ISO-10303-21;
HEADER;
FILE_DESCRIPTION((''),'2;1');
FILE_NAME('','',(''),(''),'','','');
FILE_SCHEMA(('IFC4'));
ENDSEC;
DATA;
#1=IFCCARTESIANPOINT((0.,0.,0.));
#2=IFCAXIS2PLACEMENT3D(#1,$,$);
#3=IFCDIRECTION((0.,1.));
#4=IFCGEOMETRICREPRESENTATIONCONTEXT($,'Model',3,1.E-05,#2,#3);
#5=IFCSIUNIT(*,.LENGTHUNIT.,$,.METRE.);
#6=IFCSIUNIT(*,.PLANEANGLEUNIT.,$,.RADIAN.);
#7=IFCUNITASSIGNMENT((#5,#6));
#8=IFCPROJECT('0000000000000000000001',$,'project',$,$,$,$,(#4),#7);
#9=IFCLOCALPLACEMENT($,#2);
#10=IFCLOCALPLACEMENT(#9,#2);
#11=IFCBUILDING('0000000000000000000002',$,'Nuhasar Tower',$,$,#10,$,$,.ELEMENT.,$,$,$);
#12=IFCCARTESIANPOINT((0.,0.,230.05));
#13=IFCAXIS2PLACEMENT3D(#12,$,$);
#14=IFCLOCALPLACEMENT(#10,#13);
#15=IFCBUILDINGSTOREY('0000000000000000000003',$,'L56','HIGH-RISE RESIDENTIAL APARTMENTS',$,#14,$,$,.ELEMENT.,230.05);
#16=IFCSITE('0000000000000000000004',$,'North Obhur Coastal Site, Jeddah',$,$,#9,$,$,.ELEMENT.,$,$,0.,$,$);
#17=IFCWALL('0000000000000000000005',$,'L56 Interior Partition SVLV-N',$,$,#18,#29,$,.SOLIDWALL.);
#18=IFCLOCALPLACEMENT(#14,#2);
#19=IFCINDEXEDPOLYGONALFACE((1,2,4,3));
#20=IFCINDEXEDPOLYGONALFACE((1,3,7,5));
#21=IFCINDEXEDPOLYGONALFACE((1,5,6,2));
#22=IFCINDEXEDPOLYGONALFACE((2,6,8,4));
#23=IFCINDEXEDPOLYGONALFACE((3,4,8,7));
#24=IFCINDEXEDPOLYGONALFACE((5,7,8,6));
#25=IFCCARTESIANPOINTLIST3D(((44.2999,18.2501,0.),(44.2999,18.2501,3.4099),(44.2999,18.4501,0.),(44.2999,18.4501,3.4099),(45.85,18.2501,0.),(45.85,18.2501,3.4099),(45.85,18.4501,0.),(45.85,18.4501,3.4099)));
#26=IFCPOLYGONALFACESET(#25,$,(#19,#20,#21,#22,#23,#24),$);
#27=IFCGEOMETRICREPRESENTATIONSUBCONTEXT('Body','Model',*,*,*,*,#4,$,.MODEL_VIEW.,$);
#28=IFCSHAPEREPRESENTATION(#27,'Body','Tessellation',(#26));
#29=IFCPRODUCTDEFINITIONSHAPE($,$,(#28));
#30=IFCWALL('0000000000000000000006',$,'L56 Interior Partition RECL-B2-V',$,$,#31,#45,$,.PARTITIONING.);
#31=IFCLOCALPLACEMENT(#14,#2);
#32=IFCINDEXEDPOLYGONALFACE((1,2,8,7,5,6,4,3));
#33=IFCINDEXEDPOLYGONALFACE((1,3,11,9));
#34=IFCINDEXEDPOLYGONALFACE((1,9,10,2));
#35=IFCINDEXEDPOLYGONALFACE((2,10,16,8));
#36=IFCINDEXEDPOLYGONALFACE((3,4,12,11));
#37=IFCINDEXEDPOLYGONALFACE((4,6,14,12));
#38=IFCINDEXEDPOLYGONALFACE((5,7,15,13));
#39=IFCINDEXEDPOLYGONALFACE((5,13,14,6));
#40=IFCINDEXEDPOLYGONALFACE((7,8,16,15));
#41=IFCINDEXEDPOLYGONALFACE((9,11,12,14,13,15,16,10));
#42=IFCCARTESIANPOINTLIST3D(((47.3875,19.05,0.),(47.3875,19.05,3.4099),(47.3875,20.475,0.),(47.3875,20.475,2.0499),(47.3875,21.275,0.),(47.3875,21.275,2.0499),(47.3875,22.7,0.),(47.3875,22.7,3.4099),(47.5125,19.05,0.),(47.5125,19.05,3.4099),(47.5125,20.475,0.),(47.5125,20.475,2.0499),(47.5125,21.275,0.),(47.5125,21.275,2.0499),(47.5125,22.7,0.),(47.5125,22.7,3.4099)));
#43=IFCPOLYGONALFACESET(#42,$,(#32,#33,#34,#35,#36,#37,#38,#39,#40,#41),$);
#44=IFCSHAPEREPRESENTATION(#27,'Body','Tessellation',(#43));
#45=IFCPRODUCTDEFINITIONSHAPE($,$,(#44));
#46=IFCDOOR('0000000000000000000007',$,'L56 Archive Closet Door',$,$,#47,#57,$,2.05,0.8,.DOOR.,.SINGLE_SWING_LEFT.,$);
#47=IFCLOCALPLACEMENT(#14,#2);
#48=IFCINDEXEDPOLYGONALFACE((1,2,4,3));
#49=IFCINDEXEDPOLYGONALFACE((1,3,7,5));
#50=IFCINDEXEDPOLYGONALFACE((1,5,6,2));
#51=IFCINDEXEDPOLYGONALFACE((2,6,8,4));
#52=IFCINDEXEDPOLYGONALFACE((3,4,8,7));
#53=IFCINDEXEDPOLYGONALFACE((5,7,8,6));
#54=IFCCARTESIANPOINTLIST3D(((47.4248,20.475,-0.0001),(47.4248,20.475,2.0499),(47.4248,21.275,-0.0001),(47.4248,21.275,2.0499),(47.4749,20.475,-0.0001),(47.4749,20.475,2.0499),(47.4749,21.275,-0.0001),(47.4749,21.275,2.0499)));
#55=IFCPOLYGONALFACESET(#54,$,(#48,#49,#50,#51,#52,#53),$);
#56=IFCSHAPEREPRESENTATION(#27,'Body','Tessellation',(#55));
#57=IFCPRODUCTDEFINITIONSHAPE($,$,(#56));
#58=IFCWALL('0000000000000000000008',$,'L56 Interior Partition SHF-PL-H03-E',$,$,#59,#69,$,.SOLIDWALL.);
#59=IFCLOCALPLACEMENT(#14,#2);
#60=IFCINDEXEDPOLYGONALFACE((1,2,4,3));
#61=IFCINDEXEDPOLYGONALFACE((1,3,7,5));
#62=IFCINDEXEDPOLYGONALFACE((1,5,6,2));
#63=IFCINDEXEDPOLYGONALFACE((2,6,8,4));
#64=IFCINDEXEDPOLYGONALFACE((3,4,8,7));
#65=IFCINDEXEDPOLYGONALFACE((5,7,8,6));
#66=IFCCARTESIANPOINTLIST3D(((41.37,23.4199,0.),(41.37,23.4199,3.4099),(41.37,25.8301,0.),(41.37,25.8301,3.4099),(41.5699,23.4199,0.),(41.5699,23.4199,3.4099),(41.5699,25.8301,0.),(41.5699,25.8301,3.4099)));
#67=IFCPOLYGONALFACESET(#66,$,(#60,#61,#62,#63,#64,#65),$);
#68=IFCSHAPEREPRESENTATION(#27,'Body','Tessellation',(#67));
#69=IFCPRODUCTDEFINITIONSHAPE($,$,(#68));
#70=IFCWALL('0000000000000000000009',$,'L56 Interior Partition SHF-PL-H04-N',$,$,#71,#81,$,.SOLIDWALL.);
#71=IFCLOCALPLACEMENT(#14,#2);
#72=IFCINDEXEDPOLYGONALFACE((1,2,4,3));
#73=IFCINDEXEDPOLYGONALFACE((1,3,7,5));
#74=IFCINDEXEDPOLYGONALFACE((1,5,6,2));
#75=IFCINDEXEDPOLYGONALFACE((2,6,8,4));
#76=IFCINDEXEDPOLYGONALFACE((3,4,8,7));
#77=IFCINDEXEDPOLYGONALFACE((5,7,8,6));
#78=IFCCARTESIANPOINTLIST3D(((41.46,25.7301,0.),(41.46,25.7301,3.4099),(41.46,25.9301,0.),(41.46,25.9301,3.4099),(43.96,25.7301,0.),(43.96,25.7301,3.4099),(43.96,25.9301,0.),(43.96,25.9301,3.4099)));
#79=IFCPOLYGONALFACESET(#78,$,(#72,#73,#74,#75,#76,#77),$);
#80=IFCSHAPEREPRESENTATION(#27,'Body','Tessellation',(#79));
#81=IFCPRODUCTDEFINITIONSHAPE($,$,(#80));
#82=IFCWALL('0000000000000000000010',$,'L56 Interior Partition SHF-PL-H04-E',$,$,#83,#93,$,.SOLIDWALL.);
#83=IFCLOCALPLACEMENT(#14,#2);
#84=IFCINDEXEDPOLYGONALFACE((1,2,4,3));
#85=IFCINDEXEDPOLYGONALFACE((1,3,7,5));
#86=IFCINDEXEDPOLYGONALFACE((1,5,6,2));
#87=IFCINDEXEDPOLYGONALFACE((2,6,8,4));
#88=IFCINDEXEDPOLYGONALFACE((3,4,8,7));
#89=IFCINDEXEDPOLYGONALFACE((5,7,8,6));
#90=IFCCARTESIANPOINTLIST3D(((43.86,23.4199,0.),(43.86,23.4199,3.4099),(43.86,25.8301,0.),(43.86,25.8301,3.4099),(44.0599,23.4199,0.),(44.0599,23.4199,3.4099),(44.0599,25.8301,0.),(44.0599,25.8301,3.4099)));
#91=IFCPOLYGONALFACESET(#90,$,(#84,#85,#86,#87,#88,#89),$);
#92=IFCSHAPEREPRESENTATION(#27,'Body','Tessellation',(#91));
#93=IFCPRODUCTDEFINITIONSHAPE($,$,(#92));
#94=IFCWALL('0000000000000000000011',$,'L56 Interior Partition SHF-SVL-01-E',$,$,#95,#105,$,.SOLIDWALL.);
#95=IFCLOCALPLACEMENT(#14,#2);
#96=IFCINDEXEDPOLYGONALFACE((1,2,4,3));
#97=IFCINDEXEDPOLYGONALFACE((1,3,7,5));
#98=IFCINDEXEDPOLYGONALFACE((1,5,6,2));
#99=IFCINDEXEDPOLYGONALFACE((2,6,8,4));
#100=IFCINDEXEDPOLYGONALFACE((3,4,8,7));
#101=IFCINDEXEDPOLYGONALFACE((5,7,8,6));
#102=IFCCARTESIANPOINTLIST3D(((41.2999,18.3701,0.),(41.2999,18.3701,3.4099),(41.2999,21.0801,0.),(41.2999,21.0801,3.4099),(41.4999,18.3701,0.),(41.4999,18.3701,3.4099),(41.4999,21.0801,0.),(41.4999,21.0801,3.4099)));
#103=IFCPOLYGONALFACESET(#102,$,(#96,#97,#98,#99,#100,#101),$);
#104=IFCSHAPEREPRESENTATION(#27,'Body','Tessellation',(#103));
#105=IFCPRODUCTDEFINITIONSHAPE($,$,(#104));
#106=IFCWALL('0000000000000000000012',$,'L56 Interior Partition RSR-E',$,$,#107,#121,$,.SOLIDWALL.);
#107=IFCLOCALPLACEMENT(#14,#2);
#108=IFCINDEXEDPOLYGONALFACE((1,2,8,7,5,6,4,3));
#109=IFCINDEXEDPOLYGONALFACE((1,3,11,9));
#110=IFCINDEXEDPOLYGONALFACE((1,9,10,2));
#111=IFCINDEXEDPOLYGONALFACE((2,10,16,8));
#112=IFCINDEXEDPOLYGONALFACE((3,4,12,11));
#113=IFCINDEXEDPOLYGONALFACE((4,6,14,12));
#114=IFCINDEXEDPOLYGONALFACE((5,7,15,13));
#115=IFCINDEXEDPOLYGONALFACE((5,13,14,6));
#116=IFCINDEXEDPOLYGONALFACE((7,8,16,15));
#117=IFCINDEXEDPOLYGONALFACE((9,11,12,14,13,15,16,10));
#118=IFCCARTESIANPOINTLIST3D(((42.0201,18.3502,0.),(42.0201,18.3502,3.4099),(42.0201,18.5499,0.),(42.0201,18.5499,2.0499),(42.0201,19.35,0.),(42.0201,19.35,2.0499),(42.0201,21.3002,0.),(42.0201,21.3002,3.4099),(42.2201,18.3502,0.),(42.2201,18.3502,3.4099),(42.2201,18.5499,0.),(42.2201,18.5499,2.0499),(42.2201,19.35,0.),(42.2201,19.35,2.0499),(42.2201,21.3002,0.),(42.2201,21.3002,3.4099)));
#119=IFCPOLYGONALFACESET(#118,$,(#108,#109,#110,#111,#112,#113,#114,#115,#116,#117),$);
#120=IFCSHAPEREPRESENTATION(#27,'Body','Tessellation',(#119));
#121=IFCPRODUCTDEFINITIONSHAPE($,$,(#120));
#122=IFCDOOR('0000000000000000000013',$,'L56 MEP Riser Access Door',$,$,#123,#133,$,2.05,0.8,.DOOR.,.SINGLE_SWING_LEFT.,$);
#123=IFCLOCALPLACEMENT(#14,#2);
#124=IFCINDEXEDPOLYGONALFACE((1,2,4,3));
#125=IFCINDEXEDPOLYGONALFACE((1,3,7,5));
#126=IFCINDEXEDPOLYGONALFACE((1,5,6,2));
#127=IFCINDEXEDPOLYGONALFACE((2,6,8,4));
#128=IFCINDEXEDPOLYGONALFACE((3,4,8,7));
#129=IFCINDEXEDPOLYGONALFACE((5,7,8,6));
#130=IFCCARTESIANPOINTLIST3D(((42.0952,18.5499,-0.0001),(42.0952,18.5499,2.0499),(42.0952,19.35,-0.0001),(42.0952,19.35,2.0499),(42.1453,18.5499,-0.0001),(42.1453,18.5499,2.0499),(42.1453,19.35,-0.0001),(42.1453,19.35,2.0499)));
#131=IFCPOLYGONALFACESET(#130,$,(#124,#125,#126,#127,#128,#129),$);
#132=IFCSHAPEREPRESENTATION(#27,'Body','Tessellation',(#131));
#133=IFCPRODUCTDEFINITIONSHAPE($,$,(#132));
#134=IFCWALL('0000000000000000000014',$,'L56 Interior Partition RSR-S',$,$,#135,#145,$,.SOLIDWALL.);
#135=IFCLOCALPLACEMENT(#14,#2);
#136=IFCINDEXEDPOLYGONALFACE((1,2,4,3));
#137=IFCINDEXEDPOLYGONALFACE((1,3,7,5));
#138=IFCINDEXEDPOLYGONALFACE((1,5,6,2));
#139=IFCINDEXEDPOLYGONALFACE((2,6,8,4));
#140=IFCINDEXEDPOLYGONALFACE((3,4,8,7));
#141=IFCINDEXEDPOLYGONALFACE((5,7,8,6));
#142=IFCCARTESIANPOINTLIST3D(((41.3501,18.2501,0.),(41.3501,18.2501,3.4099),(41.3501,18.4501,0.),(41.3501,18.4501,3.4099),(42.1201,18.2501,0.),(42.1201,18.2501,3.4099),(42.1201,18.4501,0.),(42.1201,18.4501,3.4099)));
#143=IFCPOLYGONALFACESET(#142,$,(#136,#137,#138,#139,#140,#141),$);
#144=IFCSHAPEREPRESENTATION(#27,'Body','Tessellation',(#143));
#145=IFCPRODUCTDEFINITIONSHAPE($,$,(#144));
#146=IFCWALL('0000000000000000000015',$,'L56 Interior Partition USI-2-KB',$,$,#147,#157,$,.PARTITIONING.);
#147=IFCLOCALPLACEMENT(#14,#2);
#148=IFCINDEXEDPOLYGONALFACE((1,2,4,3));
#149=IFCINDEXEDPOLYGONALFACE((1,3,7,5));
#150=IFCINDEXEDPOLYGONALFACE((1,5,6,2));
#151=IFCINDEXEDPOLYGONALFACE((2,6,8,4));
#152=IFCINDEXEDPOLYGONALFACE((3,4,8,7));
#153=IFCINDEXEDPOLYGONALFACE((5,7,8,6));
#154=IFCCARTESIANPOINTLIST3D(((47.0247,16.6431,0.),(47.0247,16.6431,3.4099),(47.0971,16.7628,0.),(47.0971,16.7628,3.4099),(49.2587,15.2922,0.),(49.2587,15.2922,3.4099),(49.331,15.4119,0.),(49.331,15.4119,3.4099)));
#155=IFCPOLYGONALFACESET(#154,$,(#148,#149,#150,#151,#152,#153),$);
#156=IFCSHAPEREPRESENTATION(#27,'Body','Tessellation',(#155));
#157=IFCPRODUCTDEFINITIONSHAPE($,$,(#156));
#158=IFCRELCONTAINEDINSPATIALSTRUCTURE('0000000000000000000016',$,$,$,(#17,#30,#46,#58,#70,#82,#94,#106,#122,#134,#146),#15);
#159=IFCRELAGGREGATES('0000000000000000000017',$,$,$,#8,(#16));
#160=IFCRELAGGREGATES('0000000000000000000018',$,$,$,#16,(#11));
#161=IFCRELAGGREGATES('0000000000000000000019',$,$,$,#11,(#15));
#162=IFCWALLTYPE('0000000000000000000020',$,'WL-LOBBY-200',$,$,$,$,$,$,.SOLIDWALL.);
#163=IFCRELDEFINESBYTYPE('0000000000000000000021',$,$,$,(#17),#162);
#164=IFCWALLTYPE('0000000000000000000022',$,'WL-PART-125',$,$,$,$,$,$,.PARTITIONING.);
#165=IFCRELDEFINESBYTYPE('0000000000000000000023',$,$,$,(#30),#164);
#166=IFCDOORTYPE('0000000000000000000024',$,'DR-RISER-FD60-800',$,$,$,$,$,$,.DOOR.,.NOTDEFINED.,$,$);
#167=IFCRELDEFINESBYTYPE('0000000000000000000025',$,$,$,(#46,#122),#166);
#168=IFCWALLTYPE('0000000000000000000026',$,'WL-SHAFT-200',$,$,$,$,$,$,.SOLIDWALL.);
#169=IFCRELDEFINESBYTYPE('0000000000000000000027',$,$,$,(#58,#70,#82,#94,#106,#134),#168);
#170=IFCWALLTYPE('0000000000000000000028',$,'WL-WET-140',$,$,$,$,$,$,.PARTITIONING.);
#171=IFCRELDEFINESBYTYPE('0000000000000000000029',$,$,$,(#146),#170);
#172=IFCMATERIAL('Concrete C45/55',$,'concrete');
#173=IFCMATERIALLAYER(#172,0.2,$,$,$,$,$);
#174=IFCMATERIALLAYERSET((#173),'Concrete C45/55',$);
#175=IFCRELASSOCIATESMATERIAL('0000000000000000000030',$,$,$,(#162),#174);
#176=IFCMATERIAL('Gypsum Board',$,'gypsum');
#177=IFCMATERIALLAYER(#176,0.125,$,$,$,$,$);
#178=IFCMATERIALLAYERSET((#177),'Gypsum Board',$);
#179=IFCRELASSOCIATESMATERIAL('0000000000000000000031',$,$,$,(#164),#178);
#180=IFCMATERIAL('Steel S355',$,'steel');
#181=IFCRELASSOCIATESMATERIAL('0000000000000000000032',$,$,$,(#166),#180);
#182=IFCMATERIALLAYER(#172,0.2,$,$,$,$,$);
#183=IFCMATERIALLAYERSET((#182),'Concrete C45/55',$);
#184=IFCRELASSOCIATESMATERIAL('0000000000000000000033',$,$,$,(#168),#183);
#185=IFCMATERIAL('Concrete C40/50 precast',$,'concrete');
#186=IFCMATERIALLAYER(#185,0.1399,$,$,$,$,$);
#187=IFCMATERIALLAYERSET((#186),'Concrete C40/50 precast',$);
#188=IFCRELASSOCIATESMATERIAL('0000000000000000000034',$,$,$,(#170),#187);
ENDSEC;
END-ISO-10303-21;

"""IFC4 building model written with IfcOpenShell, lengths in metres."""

from ifc_helpers import new_model, si_unit, direction, frame, frame_2d, origin, place, context, subcontext, project, spatial, rectangle, extrude, material, layer, layer_set, type_object, element, fill, save


model = new_model("IFC4")

# Units and contexts
model_context = context("Model", 3, precision=1e-05, world=origin(), true_north=direction((0.0, 1.0)))
body_context = subcontext(model_context, "Body", "Model", "MODEL_VIEW")
ifc_project = project(units=[si_unit("LENGTHUNIT", "METRE"), si_unit("PLANEANGLEUNIT", "RADIAN")], contexts=[model_context])

# Site, building, storey
site_placement = place(None, origin())
site = spatial("IfcSite", under=ifc_project, at=site_placement, Name="North Obhur Coastal Site, Jeddah", CompositionType="ELEMENT", RefElevation=0.0)
building_placement = place(site_placement, origin())
building = spatial("IfcBuilding", under=site, at=building_placement, Name="Nuhasar Tower", CompositionType="ELEMENT")
storey_placement = place(building_placement, frame((0.0, 0.0, 230.05)))
storey = spatial("IfcBuildingStorey", under=building, at=storey_placement, Name="L56", Description="HIGH-RISE RESIDENTIAL APARTMENTS", CompositionType="ELEMENT", Elevation=230.05)

# Shared definitions
ifc_material_1 = material(Name="Steel S355", Category="steel")

# Shared definitions
ifc_material_2 = material(Name="Gypsum Board", Category="gypsum")

# Shared definitions
ifc_material_3 = material(Name="Concrete C45/55", Category="concrete")
ifc_layer_1 = layer(ifc_material_3, 0.2)
ifc_layer_set_1 = layer_set([ifc_layer_1], Name="Concrete C45/55")
wall_type_1 = type_object("IfcWallType", Name="WL-LOBBY-200", PredefinedType="SOLIDWALL", material=ifc_layer_set_1)

# Wall
wall_1_placement = place(storey_placement, frame((44.3, 18.3501, 0.0), z_axis=(0.0, 0.0, 1.0), x_axis=(1.0, 0.0, 0.0)))
element("IfcWall", 1, at=wall_1_placement, inside=storey, type_object=wall_type_1, Name="L56 Interior Partition SVLV-N", PredefinedType="SOLIDWALL", context=body_context, shape_type="SweptSolid", body=[
    extrude(rectangle(XDim=1.55, YDim=0.2, at=frame_2d((0.7749, 0.0))), origin(), (0.0, 0.0, 1.0), 3.4099),
])

# Wall, opening, door
ifc_layer_2 = layer(ifc_material_2, 0.125)
ifc_layer_set_2 = layer_set([ifc_layer_2], Name="Gypsum Board")
wall_type_2 = type_object("IfcWallType", Name="WL-PART-125", PredefinedType="PARTITIONING", material=ifc_layer_set_2)
wall_2_placement = place(storey_placement, frame((47.45, 22.7, 0.0), z_axis=(0.0, 0.0, 1.0), x_axis=(0.0, -1.0, 0.0)))
wall_2 = element("IfcWall", 2, at=wall_2_placement, inside=storey, type_object=wall_type_2, Name="L56 Interior Partition RECL-B2-V", PredefinedType="PARTITIONING", context=body_context, shape_type="SweptSolid", body=[
    extrude(rectangle(XDim=3.6499, YDim=0.125, at=frame_2d((1.825, 0.0))), origin(), (0.0, 0.0, 1.0), 3.4099),
])
opening_1_placement = place(wall_2_placement, frame((1.425, 0.0, 0.0)))
opening_1 = element("IfcOpeningElement", 3, at=opening_1_placement, cuts=wall_2, PredefinedType="OPENING", context=body_context, shape_type="SweptSolid", body=[
    extrude(rectangle(XDim=0.8, YDim=2.05, at=frame_2d((0.3999, 1.0249))), frame((0.0, 0.0725, 0.0), z_axis=(0.0, -1.0, 0.0), x_axis=(1.0, 0.0, 0.0)), (0.0, 0.0, 1.0), 0.145),
])
door_type_1 = type_object("IfcDoorType", Name="DR-RISER-FD60-800", OperationType="NOTDEFINED", PredefinedType="DOOR", material=ifc_material_1)
door_1_placement = place(opening_1_placement, origin())
door_1 = element("IfcDoor", 4, at=door_1_placement, inside=storey, type_object=door_type_1, Name="L56 Archive Closet Door", OperationType="SINGLE_SWING_LEFT", OverallHeight=2.05, OverallWidth=0.8, PredefinedType="DOOR", context=body_context, shape_type="SweptSolid", body=[
    extrude(rectangle(XDim=0.8, YDim=2.05, at=frame_2d((0.3999, 1.0249))), frame((0.0, 0.0249, 0.0), z_axis=(0.0, -1.0, 0.0), x_axis=(1.0, 0.0, 0.0)), (0.0, 0.0, 1.0), 0.05),
])
fill(opening_1, door_1)

# Wall
ifc_layer_3 = layer(ifc_material_3, 0.2)
ifc_layer_set_3 = layer_set([ifc_layer_3], Name="Concrete C45/55")
wall_type_3 = type_object("IfcWallType", Name="WL-SHAFT-200", PredefinedType="SOLIDWALL", material=ifc_layer_set_3)
wall_3_placement = place(storey_placement, frame((41.47, 23.4199, 0.0), z_axis=(0.0, 0.0, 1.0), x_axis=(0.0, 1.0, 0.0)))
element("IfcWall", 5, at=wall_3_placement, inside=storey, type_object=wall_type_3, Name="L56 Interior Partition SHF-PL-H03-E", PredefinedType="SOLIDWALL", context=body_context, shape_type="SweptSolid", body=[
    extrude(rectangle(XDim=2.4102, YDim=0.2, at=frame_2d((1.2051, 0.0))), origin(), (0.0, 0.0, 1.0), 3.4099),
])

# Walls
wall_4_placement = place(storey_placement, frame((41.46, 25.8301, 0.0), z_axis=(0.0, 0.0, 1.0), x_axis=(1.0, 0.0, 0.0)))
element("IfcWall", 6, at=wall_4_placement, inside=storey, type_object=wall_type_3, Name="L56 Interior Partition SHF-PL-H04-N", PredefinedType="SOLIDWALL", context=body_context, shape_type="SweptSolid", body=[
    extrude(rectangle(XDim=2.5, YDim=0.2, at=frame_2d((1.25, 0.0))), origin(), (0.0, 0.0, 1.0), 3.4099),
])
wall_5_placement = place(storey_placement, frame((43.96, 23.4199, 0.0), z_axis=(0.0, 0.0, 1.0), x_axis=(0.0, 1.0, 0.0)))
element("IfcWall", 7, at=wall_5_placement, inside=storey, type_object=wall_type_3, Name="L56 Interior Partition SHF-PL-H04-E", PredefinedType="SOLIDWALL", context=body_context, shape_type="SweptSolid", body=[
    extrude(rectangle(XDim=2.4102, YDim=0.2, at=frame_2d((1.2051, 0.0))), origin(), (0.0, 0.0, 1.0), 3.4099),
])
wall_6_placement = place(storey_placement, frame((41.3999, 18.3701, 0.0), z_axis=(0.0, 0.0, 1.0), x_axis=(0.0, 1.0, 0.0)))
element("IfcWall", 8, at=wall_6_placement, inside=storey, type_object=wall_type_3, Name="L56 Interior Partition SHF-SVL-01-E", PredefinedType="SOLIDWALL", context=body_context, shape_type="SweptSolid", body=[
    extrude(rectangle(XDim=2.71, YDim=0.2, at=frame_2d((1.355, 0.0))), origin(), (0.0, 0.0, 1.0), 3.4099),
])

# Wall, opening, door
wall_7_placement = place(storey_placement, frame((42.1201, 18.3501, 0.0), z_axis=(0.0, 0.0, 1.0), x_axis=(0.0, 1.0, 0.0)))
wall_7 = element("IfcWall", 9, at=wall_7_placement, inside=storey, type_object=wall_type_3, Name="L56 Interior Partition RSR-E", PredefinedType="SOLIDWALL", context=body_context, shape_type="SweptSolid", body=[
    extrude(rectangle(XDim=2.95, YDim=0.2, at=frame_2d((1.4751, 0.0))), origin(), (0.0, 0.0, 1.0), 3.4099),
])
opening_2_placement = place(wall_7_placement, frame((0.2, 0.0, 0.0)))
opening_2 = element("IfcOpeningElement", 10, at=opening_2_placement, cuts=wall_7, PredefinedType="OPENING", context=body_context, shape_type="SweptSolid", body=[
    extrude(rectangle(XDim=0.8, YDim=2.05, at=frame_2d((0.3999, 1.0249))), frame((0.0, 0.1099, 0.0), z_axis=(0.0, -1.0, 0.0), x_axis=(1.0, 0.0, 0.0)), (0.0, 0.0, 1.0), 0.22),
])
door_2_placement = place(opening_2_placement, origin())
door_2 = element("IfcDoor", 11, at=door_2_placement, inside=storey, type_object=door_type_1, Name="L56 MEP Riser Access Door", OperationType="SINGLE_SWING_LEFT", OverallHeight=2.05, OverallWidth=0.8, PredefinedType="DOOR", context=body_context, shape_type="SweptSolid", body=[
    extrude(rectangle(XDim=0.8, YDim=2.05, at=frame_2d((0.3999, 1.0249))), frame((0.0, 0.0249, 0.0), z_axis=(0.0, -1.0, 0.0), x_axis=(1.0, 0.0, 0.0)), (0.0, 0.0, 1.0), 0.05),
])
fill(opening_2, door_2)

# Walls
wall_8_placement = place(storey_placement, frame((41.3501, 18.3501, 0.0), z_axis=(0.0, 0.0, 1.0), x_axis=(1.0, 0.0, 0.0)))
element("IfcWall", 12, at=wall_8_placement, inside=storey, type_object=wall_type_3, Name="L56 Interior Partition RSR-S", PredefinedType="SOLIDWALL", context=body_context, shape_type="SweptSolid", body=[
    extrude(rectangle(XDim=0.77, YDim=0.2, at=frame_2d((0.385, 0.0))), origin(), (0.0, 0.0, 1.0), 3.4099),
])
ifc_material_4 = material(Name="Concrete C40/50 precast", Category="concrete")
ifc_layer_4 = layer(ifc_material_4, 0.1399)
ifc_layer_set_4 = layer_set([ifc_layer_4], Name="Concrete C40/50 precast")
wall_type_4 = type_object("IfcWallType", Name="WL-WET-140", PredefinedType="PARTITIONING", material=ifc_layer_set_4)
wall_9_placement = place(storey_placement, frame((47.061, 16.7029, 0.0), z_axis=(0.0, 0.0, 1.0), x_axis=(0.855714, -0.51745, 0.0)))
element("IfcWall", 13, at=wall_9_placement, inside=storey, type_object=wall_type_4, Name="L56 Interior Partition USI-2-KB", PredefinedType="PARTITIONING", context=body_context, shape_type="SweptSolid", body=[
    extrude(rectangle(XDim=2.6106, YDim=0.1399, at=frame_2d((1.3052, 0.0))), origin(), (0.0, 0.0, 1.0), 3.4099),
])

save(model, "model.ifc")
